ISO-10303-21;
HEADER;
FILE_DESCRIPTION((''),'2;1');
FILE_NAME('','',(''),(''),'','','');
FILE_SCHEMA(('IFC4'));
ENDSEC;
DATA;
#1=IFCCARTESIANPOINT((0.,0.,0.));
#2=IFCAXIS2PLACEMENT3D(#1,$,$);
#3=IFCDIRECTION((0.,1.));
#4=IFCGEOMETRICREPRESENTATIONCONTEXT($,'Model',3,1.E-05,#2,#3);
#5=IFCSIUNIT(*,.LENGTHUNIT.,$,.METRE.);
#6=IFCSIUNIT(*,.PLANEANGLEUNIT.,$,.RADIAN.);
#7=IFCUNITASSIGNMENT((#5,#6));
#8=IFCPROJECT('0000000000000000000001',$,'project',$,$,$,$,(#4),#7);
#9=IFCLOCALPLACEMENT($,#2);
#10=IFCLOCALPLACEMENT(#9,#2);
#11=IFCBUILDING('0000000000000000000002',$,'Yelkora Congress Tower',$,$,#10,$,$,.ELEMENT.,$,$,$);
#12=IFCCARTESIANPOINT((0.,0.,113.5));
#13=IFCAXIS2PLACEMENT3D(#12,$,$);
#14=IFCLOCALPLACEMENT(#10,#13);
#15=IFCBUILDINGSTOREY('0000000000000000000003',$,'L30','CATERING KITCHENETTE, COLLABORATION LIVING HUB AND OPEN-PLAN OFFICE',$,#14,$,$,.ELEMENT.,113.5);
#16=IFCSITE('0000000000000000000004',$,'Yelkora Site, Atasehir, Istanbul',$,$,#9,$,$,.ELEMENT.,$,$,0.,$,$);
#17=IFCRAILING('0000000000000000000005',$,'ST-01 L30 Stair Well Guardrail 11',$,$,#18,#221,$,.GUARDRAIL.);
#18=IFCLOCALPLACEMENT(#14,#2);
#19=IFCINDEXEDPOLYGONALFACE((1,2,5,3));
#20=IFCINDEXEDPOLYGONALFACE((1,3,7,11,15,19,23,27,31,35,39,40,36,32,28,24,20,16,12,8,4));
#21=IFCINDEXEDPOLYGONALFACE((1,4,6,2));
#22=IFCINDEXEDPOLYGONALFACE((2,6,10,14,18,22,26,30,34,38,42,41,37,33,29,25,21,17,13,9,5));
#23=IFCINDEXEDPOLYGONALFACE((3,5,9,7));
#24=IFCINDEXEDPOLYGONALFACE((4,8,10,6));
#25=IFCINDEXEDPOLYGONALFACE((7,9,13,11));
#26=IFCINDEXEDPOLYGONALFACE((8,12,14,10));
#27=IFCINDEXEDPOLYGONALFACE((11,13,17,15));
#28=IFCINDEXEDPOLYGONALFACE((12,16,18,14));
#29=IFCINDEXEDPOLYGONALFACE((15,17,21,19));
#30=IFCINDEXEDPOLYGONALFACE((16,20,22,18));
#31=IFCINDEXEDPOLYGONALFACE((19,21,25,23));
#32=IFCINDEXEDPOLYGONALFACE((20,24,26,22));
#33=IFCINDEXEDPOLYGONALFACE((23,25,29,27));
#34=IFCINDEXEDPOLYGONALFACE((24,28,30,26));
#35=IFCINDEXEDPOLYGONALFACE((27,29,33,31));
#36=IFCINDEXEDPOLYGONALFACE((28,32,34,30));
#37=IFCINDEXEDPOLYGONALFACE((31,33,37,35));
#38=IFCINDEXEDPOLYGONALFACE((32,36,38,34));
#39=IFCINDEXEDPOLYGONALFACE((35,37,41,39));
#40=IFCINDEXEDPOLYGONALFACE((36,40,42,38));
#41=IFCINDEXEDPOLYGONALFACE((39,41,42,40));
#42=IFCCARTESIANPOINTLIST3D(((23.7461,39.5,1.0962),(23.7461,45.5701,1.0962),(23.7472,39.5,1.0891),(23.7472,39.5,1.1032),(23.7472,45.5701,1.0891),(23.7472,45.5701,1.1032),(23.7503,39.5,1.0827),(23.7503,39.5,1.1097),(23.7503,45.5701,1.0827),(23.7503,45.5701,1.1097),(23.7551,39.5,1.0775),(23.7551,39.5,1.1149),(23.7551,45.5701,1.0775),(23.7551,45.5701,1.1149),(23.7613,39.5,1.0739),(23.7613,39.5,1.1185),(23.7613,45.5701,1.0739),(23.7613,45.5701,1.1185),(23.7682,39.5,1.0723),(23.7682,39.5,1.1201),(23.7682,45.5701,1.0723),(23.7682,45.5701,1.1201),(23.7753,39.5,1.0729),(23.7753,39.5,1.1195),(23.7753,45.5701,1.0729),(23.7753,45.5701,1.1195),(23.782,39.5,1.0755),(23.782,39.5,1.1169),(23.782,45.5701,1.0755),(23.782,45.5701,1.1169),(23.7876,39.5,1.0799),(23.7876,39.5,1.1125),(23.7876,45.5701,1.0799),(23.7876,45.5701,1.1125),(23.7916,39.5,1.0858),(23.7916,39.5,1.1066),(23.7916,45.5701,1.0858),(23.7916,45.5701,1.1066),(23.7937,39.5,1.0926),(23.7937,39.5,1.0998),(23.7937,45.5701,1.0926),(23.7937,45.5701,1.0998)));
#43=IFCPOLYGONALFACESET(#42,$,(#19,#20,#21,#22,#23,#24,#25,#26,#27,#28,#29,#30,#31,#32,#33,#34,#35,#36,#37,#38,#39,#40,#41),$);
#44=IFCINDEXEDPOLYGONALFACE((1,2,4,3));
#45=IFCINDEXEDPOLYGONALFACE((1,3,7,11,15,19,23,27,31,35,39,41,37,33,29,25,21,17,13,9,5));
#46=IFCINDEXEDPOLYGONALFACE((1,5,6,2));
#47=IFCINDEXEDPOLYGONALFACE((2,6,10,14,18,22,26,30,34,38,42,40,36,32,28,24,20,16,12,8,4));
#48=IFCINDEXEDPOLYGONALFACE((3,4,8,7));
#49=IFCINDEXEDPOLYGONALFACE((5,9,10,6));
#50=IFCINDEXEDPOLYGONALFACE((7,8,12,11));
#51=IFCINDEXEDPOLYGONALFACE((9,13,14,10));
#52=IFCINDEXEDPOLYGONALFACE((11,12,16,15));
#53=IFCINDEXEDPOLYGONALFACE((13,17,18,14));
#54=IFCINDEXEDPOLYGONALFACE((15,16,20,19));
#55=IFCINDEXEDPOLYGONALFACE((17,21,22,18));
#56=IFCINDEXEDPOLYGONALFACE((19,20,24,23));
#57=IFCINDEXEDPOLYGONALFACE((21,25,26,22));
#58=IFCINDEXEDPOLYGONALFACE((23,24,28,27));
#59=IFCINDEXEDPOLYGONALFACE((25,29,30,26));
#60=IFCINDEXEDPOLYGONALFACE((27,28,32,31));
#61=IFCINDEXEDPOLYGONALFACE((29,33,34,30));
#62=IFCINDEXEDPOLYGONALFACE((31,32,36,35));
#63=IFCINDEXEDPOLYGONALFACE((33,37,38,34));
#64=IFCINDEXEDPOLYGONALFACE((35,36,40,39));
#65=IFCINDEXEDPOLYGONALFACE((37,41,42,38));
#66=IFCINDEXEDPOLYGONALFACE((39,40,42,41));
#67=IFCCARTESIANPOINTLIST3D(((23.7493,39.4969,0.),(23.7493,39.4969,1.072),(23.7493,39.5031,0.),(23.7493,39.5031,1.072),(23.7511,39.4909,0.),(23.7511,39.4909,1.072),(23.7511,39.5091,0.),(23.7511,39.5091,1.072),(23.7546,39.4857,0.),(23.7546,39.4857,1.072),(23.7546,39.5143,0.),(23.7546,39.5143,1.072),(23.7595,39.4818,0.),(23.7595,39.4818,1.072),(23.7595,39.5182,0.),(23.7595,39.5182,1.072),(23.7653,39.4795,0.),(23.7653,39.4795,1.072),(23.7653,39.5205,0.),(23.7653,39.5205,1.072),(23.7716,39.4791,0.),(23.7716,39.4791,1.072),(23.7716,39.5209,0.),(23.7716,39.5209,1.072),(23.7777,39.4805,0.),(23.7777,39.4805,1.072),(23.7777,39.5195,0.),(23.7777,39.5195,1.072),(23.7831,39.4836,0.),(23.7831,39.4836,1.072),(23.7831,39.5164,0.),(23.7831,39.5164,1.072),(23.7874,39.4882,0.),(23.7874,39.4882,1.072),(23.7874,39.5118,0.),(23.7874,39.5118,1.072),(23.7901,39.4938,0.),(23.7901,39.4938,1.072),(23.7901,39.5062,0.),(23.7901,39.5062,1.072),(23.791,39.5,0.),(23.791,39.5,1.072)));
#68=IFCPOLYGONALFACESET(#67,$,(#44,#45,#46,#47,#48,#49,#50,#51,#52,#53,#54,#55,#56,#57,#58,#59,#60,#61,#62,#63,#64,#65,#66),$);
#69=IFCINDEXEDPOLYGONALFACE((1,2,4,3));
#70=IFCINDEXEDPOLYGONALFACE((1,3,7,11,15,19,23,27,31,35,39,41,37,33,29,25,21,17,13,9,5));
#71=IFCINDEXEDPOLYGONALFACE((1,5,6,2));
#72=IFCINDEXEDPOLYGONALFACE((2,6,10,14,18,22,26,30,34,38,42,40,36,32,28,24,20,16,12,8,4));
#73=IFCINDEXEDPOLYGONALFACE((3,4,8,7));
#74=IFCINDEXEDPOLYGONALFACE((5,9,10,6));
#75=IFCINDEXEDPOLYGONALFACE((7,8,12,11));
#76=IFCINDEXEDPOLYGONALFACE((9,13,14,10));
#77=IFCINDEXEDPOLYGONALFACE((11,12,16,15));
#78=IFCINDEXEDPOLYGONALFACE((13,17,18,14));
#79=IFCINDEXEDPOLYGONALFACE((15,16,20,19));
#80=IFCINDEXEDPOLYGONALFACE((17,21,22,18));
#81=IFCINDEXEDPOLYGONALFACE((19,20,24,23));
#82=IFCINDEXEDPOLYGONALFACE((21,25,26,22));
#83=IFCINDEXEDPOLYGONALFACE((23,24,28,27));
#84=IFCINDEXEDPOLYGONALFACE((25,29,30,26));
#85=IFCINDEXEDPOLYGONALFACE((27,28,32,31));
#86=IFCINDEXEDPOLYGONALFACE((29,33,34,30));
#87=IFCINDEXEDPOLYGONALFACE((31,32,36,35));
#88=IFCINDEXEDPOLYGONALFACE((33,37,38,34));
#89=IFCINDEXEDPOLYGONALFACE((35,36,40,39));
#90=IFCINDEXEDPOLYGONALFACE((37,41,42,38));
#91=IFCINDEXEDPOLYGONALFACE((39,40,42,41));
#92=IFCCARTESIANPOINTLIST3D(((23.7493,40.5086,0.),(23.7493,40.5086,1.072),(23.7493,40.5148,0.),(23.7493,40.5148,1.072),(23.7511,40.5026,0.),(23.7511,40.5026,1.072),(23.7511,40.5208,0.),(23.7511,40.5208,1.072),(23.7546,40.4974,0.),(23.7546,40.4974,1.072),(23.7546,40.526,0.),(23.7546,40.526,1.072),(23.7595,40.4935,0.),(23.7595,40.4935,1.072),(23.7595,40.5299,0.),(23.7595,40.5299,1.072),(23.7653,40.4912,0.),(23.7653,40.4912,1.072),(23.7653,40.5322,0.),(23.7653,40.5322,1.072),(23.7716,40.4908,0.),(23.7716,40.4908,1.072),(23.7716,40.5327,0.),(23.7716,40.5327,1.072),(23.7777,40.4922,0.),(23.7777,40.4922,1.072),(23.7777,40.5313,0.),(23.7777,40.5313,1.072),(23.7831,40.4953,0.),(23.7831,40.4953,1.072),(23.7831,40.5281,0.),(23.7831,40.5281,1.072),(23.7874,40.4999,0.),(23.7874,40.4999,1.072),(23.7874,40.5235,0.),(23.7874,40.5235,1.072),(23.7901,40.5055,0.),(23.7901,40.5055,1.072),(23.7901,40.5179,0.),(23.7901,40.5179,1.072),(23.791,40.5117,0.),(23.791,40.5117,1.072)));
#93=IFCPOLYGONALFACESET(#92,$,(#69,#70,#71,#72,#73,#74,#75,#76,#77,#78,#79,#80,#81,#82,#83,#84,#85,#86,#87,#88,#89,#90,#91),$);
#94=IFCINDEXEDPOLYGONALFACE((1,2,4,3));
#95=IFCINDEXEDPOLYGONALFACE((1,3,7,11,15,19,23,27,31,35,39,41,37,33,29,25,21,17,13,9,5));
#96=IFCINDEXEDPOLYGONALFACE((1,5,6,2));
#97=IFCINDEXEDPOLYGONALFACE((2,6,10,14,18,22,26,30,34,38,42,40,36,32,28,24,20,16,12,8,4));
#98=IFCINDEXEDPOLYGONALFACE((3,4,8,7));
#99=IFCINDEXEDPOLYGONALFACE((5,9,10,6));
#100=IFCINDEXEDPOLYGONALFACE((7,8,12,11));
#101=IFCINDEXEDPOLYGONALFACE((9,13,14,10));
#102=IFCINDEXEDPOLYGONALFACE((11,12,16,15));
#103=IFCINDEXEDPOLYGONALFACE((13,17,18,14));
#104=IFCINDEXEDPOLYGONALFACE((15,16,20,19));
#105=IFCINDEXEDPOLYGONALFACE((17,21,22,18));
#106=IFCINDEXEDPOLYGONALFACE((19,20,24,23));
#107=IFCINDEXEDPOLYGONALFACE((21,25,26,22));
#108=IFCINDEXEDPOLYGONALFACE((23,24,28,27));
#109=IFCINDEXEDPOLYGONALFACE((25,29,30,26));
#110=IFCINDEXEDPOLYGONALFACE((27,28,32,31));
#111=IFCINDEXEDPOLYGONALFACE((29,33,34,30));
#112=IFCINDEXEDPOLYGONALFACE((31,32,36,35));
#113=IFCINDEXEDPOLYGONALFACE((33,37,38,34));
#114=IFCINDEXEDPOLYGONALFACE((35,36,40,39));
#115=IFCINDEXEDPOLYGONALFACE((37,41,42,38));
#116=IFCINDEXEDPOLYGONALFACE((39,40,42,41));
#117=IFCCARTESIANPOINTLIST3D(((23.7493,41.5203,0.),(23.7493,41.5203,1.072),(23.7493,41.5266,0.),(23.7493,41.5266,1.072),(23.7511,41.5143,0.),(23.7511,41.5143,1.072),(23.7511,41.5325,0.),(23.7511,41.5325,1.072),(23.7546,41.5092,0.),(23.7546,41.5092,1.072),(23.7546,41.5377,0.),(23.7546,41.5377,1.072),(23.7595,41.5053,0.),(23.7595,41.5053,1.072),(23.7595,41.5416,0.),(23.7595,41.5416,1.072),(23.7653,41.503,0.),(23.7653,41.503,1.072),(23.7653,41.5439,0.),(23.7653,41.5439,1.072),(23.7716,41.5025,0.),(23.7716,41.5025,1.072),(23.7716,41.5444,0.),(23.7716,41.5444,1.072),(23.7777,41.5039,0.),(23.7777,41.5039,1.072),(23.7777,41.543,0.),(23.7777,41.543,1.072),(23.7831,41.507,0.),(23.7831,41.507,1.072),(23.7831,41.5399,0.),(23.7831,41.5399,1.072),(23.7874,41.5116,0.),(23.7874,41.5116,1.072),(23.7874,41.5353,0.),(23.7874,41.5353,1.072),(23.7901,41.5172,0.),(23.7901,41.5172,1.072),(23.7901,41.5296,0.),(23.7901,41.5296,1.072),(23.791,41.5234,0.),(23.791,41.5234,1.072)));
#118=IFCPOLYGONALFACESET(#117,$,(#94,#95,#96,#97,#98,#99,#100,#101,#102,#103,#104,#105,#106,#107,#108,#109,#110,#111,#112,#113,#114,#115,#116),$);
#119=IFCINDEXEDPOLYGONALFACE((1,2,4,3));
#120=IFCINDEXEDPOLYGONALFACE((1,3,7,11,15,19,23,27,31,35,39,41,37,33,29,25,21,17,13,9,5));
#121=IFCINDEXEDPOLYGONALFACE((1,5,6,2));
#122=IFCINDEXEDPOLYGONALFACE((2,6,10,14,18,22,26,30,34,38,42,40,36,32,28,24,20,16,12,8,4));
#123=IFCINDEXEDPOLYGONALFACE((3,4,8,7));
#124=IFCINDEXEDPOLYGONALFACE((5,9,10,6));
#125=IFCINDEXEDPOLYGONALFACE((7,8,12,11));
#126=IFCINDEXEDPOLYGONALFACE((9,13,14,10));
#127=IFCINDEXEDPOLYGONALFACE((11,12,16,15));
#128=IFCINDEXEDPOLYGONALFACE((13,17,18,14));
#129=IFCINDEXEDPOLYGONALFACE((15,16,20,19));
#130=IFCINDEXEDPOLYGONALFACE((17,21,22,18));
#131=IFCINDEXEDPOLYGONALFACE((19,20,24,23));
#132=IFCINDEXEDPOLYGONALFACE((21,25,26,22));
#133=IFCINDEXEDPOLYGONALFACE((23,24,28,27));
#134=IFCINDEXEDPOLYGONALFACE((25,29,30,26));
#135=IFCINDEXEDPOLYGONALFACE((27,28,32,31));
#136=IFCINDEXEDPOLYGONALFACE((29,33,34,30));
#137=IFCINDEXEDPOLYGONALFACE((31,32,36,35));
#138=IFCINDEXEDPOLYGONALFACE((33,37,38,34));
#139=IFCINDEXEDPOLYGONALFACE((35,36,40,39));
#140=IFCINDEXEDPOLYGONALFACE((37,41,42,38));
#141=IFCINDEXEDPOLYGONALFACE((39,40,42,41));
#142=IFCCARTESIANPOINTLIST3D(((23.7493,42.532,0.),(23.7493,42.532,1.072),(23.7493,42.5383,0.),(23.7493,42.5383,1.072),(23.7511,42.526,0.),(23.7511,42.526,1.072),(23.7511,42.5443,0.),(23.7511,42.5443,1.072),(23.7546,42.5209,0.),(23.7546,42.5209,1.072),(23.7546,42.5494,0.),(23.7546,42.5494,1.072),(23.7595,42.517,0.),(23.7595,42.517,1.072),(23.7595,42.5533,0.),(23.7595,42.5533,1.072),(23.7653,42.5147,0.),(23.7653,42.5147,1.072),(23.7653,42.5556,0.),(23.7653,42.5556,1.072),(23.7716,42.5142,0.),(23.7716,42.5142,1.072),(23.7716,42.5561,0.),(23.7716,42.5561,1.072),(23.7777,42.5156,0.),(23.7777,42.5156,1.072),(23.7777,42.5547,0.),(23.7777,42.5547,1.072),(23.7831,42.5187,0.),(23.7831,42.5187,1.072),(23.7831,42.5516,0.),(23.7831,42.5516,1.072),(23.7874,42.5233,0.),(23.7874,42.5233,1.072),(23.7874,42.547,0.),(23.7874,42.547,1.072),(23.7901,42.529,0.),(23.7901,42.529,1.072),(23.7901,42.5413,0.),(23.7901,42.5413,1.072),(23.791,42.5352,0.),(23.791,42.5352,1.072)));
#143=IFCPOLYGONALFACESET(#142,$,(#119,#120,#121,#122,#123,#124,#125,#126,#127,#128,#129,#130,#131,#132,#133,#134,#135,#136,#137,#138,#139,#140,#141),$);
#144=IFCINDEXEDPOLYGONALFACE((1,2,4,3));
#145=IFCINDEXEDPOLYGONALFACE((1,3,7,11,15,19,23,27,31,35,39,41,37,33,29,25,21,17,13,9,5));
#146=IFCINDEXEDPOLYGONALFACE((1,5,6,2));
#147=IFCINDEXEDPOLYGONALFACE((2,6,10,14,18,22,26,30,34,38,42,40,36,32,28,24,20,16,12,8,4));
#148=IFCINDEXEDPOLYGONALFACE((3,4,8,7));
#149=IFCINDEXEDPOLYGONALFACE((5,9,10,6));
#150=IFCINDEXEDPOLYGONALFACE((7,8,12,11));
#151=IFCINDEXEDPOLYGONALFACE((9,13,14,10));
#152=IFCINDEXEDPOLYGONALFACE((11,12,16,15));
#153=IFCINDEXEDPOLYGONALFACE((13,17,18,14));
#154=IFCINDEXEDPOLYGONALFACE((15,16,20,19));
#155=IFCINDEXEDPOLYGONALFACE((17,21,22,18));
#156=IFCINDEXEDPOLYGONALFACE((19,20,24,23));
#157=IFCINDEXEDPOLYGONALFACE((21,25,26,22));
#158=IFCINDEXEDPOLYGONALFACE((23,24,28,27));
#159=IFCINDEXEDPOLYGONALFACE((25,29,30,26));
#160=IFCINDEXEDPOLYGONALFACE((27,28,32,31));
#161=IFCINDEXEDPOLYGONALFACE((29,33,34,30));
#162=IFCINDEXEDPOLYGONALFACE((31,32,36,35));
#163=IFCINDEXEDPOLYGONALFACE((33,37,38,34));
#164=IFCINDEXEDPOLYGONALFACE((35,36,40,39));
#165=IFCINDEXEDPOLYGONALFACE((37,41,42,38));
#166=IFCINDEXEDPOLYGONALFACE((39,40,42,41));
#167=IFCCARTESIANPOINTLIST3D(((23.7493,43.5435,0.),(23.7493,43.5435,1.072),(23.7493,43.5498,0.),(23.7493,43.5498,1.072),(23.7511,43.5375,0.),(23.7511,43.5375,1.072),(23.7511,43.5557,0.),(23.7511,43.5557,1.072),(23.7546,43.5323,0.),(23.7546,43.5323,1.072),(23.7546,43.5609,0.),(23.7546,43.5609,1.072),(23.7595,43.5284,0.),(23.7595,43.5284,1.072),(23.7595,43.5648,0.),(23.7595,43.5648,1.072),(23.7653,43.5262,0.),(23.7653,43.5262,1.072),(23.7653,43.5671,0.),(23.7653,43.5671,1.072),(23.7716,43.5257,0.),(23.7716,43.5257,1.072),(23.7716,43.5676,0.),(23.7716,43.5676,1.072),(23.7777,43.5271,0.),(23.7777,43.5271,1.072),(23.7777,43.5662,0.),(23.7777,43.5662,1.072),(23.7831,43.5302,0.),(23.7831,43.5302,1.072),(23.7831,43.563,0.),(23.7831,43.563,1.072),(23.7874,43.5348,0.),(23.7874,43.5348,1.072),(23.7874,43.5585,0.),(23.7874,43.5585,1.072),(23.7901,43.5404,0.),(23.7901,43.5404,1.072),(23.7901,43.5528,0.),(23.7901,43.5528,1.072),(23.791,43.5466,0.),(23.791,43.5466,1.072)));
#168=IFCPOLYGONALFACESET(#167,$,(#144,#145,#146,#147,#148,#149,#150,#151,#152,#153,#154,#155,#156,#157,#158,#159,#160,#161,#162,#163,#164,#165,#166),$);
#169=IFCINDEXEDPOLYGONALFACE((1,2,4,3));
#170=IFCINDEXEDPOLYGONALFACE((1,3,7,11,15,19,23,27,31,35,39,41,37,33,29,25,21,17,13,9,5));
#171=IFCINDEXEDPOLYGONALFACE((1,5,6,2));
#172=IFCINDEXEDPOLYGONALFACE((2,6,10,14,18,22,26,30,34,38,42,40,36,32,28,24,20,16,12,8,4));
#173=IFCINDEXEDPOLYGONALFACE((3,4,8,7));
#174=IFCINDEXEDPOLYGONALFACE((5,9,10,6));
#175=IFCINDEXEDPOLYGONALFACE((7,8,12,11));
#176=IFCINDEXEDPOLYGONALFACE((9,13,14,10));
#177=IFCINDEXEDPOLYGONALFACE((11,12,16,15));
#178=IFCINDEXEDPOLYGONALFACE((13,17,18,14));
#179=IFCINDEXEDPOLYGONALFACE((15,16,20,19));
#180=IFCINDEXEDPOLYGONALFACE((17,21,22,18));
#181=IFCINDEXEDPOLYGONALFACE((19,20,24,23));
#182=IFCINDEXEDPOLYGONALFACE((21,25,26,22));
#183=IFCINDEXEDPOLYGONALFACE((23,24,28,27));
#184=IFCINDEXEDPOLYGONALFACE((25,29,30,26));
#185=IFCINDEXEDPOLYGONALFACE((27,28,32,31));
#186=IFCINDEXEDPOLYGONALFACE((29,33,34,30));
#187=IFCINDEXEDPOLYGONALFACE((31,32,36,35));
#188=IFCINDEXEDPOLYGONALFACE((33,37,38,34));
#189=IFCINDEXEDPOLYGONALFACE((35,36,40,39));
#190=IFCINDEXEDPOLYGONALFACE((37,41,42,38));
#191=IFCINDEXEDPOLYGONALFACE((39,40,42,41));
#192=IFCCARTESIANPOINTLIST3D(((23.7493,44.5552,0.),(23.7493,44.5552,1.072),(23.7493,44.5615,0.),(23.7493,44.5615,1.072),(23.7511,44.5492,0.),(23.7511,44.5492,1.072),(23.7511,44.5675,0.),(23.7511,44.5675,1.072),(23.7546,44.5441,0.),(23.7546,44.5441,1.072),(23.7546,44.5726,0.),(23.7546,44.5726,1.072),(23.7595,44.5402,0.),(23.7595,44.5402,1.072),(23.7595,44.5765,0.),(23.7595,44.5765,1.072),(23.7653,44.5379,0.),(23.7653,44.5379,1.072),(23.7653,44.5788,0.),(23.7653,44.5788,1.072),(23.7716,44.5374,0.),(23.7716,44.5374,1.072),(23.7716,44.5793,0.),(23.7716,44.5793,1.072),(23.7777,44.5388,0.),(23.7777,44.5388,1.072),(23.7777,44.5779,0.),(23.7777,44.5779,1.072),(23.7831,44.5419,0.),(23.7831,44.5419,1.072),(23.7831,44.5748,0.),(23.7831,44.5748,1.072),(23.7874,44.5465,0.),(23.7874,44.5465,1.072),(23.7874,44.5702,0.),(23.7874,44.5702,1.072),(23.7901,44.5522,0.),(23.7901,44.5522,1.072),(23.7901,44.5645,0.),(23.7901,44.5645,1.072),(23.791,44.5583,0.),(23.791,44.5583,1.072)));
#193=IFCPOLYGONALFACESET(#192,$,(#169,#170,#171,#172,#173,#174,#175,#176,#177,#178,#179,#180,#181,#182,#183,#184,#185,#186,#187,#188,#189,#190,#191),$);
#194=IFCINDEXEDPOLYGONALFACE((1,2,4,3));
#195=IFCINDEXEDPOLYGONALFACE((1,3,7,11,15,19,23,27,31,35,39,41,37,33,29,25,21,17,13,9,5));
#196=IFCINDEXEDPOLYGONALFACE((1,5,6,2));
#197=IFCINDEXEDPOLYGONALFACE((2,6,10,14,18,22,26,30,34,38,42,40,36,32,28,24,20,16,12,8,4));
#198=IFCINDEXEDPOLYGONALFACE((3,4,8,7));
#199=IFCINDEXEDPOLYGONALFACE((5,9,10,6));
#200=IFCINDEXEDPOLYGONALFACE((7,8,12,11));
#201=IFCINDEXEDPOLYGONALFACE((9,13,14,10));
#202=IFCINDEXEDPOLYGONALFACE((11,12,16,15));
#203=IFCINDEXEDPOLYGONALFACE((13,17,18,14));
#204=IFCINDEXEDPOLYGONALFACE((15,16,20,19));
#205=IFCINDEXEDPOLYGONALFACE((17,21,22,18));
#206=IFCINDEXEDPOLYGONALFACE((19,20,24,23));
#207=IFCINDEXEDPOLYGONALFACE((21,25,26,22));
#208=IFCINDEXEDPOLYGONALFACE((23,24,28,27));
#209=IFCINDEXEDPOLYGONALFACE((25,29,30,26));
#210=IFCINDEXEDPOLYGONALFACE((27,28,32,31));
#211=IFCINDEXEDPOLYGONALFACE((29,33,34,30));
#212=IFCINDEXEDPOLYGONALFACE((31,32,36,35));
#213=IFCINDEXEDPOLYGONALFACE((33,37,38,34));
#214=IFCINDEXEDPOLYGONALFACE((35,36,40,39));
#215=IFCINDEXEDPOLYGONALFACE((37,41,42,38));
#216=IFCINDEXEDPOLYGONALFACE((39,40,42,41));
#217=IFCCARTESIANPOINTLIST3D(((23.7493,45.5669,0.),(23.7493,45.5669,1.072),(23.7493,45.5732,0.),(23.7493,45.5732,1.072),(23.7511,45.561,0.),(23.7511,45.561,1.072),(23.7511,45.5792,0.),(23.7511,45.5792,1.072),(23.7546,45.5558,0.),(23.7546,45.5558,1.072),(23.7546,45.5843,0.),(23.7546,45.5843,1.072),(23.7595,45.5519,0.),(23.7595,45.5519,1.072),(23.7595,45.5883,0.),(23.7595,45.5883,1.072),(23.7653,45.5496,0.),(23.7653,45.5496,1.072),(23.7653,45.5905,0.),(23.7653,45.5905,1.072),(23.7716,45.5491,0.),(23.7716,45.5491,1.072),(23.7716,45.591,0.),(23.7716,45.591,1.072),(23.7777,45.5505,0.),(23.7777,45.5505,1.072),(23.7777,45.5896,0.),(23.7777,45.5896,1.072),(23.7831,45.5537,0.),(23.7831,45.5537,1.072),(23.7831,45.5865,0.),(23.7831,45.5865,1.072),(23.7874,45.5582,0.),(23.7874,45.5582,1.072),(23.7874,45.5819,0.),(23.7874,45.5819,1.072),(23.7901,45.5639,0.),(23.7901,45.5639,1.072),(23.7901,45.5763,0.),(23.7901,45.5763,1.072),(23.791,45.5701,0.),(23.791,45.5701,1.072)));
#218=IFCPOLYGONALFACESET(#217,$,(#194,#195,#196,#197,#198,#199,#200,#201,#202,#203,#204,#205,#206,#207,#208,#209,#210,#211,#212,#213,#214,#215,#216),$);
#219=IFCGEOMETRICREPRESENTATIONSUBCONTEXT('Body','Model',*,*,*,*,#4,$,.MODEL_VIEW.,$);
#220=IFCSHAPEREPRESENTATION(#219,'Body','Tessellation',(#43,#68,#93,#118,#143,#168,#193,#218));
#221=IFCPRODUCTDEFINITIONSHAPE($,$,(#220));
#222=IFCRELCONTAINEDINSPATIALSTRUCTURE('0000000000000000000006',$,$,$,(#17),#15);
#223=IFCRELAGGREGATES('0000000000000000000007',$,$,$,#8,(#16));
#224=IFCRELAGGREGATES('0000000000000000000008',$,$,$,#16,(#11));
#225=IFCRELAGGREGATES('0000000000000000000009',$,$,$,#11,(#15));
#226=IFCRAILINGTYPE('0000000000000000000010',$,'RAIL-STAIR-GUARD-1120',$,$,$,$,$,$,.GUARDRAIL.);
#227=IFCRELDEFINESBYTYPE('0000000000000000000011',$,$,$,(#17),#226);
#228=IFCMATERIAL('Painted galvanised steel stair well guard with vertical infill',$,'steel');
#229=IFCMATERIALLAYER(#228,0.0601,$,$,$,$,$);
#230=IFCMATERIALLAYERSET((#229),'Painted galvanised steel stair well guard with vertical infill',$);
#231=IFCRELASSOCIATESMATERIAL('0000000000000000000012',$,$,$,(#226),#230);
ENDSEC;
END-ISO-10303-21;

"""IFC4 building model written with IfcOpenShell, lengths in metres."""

from ifc_helpers import new_model, si_unit, direction, frame, origin, origin_2d, place, context, subcontext, project, spatial, circle, extrude, material, layer, layer_set, type_object, element, save


model = new_model("IFC4")

# Units and contexts
model_context = context("Model", 3, precision=1e-05, world=origin(), true_north=direction((0.0, 1.0)))
body_context = subcontext(model_context, "Body", "Model", "MODEL_VIEW")
ifc_project = project(units=[si_unit("LENGTHUNIT", "METRE"), si_unit("PLANEANGLEUNIT", "RADIAN")], contexts=[model_context])

# Site, building, storey
site_placement = place(None, origin())
site = spatial("IfcSite", under=ifc_project, at=site_placement, Name="Yelkora Site, Atasehir, Istanbul", CompositionType="ELEMENT", RefElevation=0.0)
building_placement = place(site_placement, origin())
building = spatial("IfcBuilding", under=site, at=building_placement, Name="Yelkora Congress Tower", CompositionType="ELEMENT")
storey_placement = place(building_placement, frame((0.0, 0.0, 113.5)))
storey = spatial("IfcBuildingStorey", under=building, at=storey_placement, Name="L30", Description="CATERING KITCHENETTE, COLLABORATION LIVING HUB AND OPEN-PLAN OFFICE", CompositionType="ELEMENT", Elevation=113.5)

# Railing
ifc_material_1 = material(Name="Painted galvanised steel stair well guard with vertical infill", Category="steel")
ifc_layer_1 = layer(ifc_material_1, 0.0601)
ifc_layer_set_1 = layer_set([ifc_layer_1], Name="Painted galvanised steel stair well guard with vertical infill")
railing_type_1 = type_object("IfcRailingType", Name="RAIL-STAIR-GUARD-1120", PredefinedType="GUARDRAIL", material=ifc_layer_set_1)
railing_1_placement = place(storey_placement, frame((23.77, 39.5, 0.0)))
element("IfcRailing", 1, at=railing_1_placement, inside=storey, type_object=railing_type_1, Name="ST-01 L30 Stair Well Guardrail 11", PredefinedType="GUARDRAIL", context=body_context, shape_type="SweptSolid", body=[
    extrude(circle(Radius=0.0239, at=origin_2d()), frame((0.0, 0.0, 1.0962), z_axis=(0.0, 1.0, 0.0), x_axis=(-1.0, 0.0, 0.0)), (0.0, 0.0, 1.0), 6.0701),
    extrude(circle(Radius=0.021, at=origin_2d()), origin(), (0.0, 0.0, 1.0), 1.072),
    extrude(circle(Radius=0.021, at=origin_2d()), frame((0.0, 1.0117, 0.0)), (0.0, 0.0, 1.0), 1.072),
    extrude(circle(Radius=0.021, at=origin_2d()), frame((0.0, 2.0234, 0.0)), (0.0, 0.0, 1.0), 1.072),
    extrude(circle(Radius=0.021, at=origin_2d()), frame((0.0, 3.0352, 0.0)), (0.0, 0.0, 1.0), 1.072),
    extrude(circle(Radius=0.021, at=origin_2d()), frame((0.0, 4.0466, 0.0)), (0.0, 0.0, 1.0), 1.072),
    extrude(circle(Radius=0.021, at=origin_2d()), frame((0.0, 5.0583, 0.0)), (0.0, 0.0, 1.0), 1.072),
    extrude(circle(Radius=0.021, at=origin_2d()), frame((0.0, 6.0701, 0.0)), (0.0, 0.0, 1.0), 1.072),
])

save(model, "model.ifc")
